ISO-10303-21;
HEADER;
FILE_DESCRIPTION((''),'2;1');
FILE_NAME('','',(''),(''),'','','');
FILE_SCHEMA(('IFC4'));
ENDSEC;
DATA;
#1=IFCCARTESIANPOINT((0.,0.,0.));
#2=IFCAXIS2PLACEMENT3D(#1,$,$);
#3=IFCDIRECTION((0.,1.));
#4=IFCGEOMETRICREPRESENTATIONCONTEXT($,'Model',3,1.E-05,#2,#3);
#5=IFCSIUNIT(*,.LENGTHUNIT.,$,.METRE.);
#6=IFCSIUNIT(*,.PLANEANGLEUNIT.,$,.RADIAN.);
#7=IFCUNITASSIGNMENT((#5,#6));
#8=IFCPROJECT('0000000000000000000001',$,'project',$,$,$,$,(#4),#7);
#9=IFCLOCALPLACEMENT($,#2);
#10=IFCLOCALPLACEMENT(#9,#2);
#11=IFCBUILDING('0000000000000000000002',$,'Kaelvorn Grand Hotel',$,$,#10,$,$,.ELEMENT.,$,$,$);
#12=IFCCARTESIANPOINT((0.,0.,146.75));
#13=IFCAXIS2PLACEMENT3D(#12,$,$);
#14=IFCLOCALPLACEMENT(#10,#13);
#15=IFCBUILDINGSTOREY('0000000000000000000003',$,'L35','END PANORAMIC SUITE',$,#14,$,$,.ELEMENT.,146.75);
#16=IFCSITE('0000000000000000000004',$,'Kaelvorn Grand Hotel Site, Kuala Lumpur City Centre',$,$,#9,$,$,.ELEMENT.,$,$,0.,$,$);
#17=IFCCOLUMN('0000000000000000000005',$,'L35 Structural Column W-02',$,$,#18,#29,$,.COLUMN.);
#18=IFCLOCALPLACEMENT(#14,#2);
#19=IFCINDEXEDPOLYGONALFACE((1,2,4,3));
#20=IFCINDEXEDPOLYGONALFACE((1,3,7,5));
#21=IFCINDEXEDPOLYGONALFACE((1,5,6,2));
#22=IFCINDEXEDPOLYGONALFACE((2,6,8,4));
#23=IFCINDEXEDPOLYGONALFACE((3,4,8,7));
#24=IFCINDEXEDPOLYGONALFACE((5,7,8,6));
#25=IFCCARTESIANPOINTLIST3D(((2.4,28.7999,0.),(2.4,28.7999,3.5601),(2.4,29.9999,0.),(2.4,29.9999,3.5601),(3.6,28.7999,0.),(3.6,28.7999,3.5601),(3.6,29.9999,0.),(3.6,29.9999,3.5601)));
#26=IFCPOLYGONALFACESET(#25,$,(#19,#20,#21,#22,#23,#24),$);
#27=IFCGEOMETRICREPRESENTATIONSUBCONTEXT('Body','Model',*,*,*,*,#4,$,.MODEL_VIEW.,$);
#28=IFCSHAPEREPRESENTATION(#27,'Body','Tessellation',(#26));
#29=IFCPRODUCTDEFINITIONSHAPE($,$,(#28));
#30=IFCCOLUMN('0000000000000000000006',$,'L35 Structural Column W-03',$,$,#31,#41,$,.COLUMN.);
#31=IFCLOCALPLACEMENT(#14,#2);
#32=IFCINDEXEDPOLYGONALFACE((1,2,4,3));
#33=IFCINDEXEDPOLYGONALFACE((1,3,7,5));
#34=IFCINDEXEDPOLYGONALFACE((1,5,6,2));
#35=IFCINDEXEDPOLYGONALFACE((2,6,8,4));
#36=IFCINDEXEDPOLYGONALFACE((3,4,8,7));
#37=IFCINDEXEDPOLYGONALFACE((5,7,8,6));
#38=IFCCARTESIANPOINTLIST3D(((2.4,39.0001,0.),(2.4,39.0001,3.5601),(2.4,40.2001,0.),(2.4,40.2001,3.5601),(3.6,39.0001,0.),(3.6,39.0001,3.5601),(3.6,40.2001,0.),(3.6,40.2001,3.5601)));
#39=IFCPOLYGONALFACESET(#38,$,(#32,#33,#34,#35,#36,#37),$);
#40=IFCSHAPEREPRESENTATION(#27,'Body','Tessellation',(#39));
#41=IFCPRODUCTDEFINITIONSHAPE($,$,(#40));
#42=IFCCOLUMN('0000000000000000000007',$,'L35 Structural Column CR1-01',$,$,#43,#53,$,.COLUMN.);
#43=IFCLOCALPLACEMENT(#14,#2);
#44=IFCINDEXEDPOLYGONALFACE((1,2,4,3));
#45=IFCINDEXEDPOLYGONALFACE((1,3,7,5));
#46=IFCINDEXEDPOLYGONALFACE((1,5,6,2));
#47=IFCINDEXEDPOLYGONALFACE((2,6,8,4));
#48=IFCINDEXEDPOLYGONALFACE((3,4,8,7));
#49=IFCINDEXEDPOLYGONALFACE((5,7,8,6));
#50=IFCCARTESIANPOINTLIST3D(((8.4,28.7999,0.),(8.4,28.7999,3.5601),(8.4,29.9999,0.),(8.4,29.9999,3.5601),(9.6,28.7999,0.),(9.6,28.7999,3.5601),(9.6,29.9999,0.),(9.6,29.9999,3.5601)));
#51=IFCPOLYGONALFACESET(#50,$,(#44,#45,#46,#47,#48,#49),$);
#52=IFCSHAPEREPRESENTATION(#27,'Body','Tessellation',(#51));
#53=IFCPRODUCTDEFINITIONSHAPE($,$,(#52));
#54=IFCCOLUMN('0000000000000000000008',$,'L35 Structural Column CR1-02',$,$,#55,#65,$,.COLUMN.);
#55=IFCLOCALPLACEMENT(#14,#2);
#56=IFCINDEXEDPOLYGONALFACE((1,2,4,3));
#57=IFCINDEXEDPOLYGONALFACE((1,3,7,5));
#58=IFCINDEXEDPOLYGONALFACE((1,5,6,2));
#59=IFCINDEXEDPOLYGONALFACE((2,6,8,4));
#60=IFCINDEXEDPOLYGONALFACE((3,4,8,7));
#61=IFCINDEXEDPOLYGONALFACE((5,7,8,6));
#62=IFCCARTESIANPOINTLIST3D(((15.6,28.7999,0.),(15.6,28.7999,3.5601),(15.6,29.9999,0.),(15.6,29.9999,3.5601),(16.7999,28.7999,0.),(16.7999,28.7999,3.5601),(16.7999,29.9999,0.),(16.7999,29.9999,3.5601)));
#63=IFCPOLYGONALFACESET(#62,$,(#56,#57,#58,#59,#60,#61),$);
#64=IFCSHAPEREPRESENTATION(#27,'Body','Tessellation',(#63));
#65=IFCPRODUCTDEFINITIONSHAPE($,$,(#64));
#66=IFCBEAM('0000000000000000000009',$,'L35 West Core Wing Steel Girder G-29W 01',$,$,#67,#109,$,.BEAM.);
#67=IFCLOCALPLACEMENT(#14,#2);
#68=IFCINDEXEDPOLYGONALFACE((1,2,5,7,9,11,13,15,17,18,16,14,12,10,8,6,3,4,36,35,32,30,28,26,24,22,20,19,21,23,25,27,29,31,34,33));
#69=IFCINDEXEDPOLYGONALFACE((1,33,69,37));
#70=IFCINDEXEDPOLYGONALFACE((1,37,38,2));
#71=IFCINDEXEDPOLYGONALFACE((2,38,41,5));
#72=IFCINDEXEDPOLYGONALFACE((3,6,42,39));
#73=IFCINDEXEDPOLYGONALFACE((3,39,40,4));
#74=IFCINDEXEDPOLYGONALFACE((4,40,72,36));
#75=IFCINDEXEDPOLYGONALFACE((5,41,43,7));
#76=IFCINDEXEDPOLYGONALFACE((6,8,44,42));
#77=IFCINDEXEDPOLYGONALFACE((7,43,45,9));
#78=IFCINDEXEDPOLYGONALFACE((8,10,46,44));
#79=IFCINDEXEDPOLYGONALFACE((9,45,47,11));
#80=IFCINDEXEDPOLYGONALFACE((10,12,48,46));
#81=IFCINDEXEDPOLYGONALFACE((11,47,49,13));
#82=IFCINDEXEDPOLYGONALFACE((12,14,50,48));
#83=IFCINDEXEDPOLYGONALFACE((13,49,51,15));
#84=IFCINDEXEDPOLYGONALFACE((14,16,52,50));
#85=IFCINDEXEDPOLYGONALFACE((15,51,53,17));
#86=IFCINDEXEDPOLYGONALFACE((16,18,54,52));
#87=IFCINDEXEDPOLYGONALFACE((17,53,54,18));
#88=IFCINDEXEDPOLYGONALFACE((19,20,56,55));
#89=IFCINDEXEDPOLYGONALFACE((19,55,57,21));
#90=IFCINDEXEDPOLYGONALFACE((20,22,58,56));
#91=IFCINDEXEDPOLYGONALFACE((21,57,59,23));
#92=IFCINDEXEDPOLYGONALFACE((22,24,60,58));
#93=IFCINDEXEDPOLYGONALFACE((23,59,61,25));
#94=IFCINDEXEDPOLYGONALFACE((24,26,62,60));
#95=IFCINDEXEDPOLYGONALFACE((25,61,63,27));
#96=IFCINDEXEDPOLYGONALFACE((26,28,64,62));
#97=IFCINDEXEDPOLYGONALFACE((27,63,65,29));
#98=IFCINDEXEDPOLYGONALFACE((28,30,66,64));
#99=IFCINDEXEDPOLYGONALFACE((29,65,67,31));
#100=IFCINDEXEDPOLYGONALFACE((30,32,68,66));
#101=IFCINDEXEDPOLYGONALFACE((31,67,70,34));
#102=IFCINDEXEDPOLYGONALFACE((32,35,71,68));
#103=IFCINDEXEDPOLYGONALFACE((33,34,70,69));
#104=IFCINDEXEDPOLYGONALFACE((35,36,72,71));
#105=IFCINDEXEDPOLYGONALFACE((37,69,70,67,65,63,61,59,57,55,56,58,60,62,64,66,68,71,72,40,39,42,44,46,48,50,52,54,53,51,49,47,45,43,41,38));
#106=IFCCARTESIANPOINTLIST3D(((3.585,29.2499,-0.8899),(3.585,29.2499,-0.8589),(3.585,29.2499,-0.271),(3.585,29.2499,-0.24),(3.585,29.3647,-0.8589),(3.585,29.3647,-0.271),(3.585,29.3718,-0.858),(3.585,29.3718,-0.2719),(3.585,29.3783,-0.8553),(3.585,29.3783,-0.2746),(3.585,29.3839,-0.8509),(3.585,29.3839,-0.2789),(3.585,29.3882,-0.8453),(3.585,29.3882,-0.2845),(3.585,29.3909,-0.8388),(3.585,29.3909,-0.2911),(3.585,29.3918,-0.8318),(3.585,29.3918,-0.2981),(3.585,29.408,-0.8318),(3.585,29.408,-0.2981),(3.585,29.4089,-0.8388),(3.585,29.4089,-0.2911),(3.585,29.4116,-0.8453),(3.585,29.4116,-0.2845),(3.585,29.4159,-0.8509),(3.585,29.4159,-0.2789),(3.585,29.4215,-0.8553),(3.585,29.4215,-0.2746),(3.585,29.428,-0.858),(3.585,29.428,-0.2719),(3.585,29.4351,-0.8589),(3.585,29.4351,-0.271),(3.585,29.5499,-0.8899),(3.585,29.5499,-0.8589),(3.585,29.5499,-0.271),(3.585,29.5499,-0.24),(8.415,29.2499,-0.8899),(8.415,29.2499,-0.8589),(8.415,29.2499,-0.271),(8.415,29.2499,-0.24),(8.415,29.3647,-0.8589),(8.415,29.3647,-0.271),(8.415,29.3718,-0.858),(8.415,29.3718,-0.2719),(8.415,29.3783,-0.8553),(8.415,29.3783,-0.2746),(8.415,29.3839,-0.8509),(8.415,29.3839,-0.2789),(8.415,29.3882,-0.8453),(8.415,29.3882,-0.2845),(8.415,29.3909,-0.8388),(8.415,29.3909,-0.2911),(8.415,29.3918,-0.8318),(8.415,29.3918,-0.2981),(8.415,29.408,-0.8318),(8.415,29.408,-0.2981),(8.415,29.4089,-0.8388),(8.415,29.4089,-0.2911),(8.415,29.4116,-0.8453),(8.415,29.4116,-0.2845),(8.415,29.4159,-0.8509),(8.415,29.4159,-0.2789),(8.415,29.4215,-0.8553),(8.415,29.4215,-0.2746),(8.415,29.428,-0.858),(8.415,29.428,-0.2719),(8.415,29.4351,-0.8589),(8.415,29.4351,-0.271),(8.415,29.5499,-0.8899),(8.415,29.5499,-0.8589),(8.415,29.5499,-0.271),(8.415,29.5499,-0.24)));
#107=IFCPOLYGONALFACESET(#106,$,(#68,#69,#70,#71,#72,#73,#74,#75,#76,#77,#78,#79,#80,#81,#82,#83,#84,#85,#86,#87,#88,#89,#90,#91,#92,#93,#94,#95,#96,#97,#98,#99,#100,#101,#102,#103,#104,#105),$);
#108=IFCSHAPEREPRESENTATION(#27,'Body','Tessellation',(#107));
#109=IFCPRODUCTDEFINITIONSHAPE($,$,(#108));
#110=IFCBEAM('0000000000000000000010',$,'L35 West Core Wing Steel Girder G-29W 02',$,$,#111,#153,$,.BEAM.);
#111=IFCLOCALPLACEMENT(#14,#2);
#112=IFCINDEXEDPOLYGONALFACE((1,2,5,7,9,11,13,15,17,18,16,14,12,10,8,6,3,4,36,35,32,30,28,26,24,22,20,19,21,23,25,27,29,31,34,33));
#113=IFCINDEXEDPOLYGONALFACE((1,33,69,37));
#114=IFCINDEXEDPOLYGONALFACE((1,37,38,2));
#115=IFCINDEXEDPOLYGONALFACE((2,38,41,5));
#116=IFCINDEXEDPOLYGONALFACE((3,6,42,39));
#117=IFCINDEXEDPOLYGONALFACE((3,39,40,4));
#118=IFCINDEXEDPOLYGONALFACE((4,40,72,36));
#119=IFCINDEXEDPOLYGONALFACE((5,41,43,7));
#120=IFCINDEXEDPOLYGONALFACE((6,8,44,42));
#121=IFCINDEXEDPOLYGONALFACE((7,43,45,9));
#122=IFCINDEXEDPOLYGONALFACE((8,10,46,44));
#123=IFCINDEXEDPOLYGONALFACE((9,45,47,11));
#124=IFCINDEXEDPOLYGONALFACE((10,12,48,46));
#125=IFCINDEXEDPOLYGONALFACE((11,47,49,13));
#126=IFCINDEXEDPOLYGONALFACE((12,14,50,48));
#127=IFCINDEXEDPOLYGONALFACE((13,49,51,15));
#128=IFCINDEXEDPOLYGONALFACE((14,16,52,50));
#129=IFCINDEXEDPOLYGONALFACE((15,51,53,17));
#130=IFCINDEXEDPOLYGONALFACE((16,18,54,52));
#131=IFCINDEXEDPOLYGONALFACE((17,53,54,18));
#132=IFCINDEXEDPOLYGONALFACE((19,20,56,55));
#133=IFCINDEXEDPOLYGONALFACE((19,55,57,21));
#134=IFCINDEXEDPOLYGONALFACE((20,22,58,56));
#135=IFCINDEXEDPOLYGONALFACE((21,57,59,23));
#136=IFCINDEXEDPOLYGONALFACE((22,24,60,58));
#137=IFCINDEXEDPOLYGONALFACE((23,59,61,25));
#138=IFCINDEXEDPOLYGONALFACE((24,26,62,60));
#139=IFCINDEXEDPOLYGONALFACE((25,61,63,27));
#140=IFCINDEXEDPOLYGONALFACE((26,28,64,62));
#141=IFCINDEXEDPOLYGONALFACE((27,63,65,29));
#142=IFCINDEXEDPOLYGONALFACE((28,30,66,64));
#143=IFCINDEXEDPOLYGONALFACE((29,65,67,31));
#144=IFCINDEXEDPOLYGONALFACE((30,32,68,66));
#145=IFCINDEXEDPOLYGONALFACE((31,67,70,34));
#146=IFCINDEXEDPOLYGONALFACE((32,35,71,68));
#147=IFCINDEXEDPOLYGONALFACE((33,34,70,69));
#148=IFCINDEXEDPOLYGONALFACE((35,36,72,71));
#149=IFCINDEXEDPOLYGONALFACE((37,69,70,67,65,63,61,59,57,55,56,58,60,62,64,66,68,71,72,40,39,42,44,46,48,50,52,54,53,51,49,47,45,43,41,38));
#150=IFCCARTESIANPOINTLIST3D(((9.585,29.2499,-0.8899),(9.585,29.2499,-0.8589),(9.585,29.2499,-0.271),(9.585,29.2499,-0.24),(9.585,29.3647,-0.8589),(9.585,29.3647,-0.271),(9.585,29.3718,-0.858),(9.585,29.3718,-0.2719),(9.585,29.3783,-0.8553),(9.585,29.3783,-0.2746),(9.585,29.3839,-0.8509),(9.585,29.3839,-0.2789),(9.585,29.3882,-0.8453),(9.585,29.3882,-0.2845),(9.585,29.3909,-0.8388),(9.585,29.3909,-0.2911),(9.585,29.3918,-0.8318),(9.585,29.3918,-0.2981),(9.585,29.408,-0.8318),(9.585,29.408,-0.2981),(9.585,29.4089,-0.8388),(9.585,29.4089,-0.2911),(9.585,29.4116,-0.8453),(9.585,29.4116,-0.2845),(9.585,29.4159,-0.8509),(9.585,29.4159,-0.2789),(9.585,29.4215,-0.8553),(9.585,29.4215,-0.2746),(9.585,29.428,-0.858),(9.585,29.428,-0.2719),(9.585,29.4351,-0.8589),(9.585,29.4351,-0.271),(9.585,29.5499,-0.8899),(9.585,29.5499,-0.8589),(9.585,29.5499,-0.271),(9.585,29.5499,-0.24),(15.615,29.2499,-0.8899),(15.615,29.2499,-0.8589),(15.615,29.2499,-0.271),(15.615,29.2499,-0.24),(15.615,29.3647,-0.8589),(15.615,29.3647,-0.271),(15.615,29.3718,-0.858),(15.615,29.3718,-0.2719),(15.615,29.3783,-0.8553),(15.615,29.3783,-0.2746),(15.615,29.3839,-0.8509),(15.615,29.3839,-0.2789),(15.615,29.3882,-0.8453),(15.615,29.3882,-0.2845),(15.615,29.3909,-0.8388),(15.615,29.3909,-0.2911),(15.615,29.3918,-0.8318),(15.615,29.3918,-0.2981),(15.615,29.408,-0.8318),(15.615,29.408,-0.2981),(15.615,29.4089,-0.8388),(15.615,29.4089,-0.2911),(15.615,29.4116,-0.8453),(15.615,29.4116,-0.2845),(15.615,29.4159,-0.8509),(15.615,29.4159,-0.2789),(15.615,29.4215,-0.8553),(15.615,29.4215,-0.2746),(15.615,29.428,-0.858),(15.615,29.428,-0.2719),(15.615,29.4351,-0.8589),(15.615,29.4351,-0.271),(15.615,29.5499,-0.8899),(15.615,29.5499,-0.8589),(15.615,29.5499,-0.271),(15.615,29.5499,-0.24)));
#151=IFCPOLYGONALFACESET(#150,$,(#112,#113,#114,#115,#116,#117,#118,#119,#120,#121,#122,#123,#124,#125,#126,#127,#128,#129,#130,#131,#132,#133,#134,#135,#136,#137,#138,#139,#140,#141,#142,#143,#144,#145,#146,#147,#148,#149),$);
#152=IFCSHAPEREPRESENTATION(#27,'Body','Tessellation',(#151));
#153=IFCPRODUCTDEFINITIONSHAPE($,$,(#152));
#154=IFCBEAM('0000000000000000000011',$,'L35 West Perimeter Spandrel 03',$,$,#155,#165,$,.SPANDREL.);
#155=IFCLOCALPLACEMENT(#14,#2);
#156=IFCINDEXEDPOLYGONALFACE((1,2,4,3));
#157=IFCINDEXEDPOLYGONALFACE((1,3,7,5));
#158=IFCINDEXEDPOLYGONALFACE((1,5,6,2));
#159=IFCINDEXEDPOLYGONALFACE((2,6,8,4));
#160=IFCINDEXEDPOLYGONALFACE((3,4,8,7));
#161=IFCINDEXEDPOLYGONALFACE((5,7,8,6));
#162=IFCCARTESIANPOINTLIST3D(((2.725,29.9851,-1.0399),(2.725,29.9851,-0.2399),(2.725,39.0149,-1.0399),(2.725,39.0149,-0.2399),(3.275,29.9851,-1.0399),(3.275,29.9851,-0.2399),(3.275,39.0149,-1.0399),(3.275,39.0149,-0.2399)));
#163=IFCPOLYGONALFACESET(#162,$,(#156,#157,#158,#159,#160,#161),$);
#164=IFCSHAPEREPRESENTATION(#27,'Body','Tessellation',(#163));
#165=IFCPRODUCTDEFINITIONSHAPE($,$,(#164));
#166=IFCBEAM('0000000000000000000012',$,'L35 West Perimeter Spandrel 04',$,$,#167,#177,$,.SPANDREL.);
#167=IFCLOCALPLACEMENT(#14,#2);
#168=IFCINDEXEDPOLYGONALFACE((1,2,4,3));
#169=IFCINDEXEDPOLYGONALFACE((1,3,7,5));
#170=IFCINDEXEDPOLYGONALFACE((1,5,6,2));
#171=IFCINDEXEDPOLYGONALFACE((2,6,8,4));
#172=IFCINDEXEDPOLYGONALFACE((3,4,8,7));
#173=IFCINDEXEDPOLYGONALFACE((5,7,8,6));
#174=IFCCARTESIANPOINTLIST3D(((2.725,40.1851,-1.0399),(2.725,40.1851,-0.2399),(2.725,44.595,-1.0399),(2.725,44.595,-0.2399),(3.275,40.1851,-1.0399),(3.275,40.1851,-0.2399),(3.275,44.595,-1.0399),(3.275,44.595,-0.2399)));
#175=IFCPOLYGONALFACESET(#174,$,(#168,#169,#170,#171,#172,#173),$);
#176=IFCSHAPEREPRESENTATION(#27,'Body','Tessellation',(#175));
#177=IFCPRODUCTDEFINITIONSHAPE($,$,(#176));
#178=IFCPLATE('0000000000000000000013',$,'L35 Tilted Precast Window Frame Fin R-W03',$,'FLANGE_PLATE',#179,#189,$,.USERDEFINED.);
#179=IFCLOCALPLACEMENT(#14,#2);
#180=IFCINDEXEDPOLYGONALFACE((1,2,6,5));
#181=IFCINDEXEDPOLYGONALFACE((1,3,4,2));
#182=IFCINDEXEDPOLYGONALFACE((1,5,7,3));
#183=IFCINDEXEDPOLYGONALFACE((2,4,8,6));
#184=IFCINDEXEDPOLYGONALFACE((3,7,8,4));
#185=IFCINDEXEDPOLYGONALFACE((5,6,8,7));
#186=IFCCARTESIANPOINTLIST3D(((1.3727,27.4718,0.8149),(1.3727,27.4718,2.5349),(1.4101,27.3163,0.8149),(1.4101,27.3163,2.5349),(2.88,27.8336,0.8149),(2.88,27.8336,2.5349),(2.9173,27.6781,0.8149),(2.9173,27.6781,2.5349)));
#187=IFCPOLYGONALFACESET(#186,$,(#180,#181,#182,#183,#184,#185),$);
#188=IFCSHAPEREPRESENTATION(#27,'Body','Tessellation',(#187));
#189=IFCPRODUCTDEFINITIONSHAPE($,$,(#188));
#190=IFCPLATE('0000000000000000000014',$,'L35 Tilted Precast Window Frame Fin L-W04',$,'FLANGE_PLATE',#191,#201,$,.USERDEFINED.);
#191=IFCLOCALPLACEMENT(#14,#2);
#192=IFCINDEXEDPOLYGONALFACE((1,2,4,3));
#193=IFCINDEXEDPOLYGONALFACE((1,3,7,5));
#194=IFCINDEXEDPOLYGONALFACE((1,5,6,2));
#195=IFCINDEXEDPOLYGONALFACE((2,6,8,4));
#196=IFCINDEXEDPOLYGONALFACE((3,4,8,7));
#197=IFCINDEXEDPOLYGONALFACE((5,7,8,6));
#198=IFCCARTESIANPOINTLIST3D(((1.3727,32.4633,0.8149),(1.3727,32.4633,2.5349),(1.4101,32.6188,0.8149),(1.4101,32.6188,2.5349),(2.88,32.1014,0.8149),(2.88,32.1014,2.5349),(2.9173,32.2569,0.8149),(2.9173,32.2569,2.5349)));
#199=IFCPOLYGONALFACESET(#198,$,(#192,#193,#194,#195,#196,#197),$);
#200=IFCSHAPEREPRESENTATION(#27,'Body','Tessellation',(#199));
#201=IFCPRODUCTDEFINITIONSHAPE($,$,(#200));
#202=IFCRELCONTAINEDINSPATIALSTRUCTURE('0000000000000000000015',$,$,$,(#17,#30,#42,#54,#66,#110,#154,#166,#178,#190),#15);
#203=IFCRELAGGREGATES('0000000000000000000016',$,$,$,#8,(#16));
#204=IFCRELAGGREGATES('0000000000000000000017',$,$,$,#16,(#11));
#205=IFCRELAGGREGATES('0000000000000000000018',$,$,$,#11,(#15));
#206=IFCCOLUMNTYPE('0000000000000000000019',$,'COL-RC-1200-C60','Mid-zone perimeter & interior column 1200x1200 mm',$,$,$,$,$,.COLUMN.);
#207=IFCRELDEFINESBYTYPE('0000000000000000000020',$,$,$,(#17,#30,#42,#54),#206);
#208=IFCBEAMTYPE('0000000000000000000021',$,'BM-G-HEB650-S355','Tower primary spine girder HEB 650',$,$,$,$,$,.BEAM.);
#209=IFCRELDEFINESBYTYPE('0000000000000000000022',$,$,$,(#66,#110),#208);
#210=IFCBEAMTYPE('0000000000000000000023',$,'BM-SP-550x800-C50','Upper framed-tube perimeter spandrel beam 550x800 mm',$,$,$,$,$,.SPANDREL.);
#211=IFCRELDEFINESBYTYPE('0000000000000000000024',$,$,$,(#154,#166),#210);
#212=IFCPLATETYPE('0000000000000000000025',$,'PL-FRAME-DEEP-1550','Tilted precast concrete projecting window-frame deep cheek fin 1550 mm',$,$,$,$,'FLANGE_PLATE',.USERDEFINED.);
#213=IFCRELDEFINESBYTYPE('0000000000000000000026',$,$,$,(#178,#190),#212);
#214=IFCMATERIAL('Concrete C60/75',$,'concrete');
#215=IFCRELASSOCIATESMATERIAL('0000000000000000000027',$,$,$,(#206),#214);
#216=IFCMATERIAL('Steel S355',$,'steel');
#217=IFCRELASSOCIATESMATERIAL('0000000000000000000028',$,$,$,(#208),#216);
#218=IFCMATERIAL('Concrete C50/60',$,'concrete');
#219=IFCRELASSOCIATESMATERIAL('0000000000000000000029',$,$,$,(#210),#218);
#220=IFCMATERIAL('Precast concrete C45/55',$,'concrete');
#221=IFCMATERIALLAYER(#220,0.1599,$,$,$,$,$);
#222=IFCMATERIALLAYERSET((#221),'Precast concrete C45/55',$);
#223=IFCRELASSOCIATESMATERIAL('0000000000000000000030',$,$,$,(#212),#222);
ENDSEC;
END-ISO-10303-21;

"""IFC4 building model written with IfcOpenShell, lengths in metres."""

from ifc_helpers import new_model, si_unit, direction, frame, origin, origin_2d, place, context, subcontext, project, spatial, rectangle, i_section, extrude, material, layer, layer_set, material_profile, profile_set, type_object, element, save


model = new_model("IFC4")

# Units and contexts
model_context = context("Model", 3, precision=1e-05, world=origin(), true_north=direction((0.0, 1.0)))
body_context = subcontext(model_context, "Body", "Model", "MODEL_VIEW")
ifc_project = project(units=[si_unit("LENGTHUNIT", "METRE"), si_unit("PLANEANGLEUNIT", "RADIAN")], contexts=[model_context])

# Site, building, storey
site_placement = place(None, origin())
site = spatial("IfcSite", under=ifc_project, at=site_placement, Name="Kaelvorn Grand Hotel Site, Kuala Lumpur City Centre", CompositionType="ELEMENT", RefElevation=0.0)
building_placement = place(site_placement, origin())
building = spatial("IfcBuilding", under=site, at=building_placement, Name="Kaelvorn Grand Hotel", CompositionType="ELEMENT")
storey_placement = place(building_placement, frame((0.0, 0.0, 146.75)))
storey = spatial("IfcBuildingStorey", under=building, at=storey_placement, Name="L35", Description="END PANORAMIC SUITE", CompositionType="ELEMENT", Elevation=146.75)

# Columns
ifc_material_1 = material(Name="Concrete C60/75", Category="concrete")
ifc_material_profile_1 = material_profile(ifc_material_1, rectangle(XDim=1.2, YDim=1.2, at=origin_2d()), Name="RC COL 1200x1200")
ifc_profile_set_1 = profile_set([ifc_material_profile_1], Name="Concrete C60/75")
column_type = type_object("IfcColumnType", Name="COL-RC-1200-C60", Description="Mid-zone perimeter & interior column 1200x1200 mm", PredefinedType="COLUMN", material=ifc_profile_set_1)
for number, where, z_axis, x_axis, name in (
    (1, (3.0, 29.3999, 0.0), (0.0, 0.0, 1.0), (1.0, 0.0, 0.0), "L35 Structural Column W-02"),
    (2, (3.0, 39.6001, 0.0), (0.0, 0.0, 1.0), (1.0, 0.0, 0.0), "L35 Structural Column W-03"),
    (3, (9.0, 29.3999, 0.0), (0.0, 0.0, 1.0), (1.0, 0.0, 0.0), "L35 Structural Column CR1-01"),
    (4, (16.2, 29.3999, 0.0), (0.0, 0.0, 1.0), (1.0, 0.0, 0.0), "L35 Structural Column CR1-02"),
):
    element("IfcColumn", number, at=place(storey_placement, frame(where, z_axis=z_axis, x_axis=x_axis)), inside=storey, type_object=column_type, Name=name, PredefinedType="COLUMN", context=body_context, shape_type="SweptSolid", body=[
        extrude(rectangle(XDim=1.2, YDim=1.2, at=origin_2d()), origin(), (0.0, 0.0, 1.0), 3.5601),
    ])

# Beams
ifc_material_2 = material(Name="Steel S355", Category="steel")
ifc_material_profile_2 = material_profile(ifc_material_2, i_section(OverallWidth=0.3, OverallDepth=0.6499, WebThickness=0.0161, FlangeThickness=0.031, FilletRadius=0.0271, at=origin_2d()), Name="HEB 650")
ifc_profile_set_2 = profile_set([ifc_material_profile_2], Name="Steel S355")
beam_type_1 = type_object("IfcBeamType", Name="BM-G-HEB650-S355", Description="Tower primary spine girder HEB 650", PredefinedType="BEAM", material=ifc_profile_set_2)
beam_1_placement = place(storey_placement, frame((3.585, 29.3999, -0.5649), z_axis=(1.0, 0.0, 0.0), x_axis=(0.0, 1.0, 0.0)))
element("IfcBeam", 5, at=beam_1_placement, inside=storey, type_object=beam_type_1, Name="L35 West Core Wing Steel Girder G-29W 01", PredefinedType="BEAM", context=body_context, shape_type="SweptSolid", body=[
    extrude(i_section(OverallWidth=0.3, OverallDepth=0.6499, WebThickness=0.0161, FlangeThickness=0.031, FilletRadius=0.0271, at=origin_2d()), origin(), (0.0, 0.0, 1.0), 4.8301),
])
beam_2_placement = place(storey_placement, frame((9.585, 29.3999, -0.5649), z_axis=(1.0, 0.0, 0.0), x_axis=(0.0, 1.0, 0.0)))
element("IfcBeam", 6, at=beam_2_placement, inside=storey, type_object=beam_type_1, Name="L35 West Core Wing Steel Girder G-29W 02", PredefinedType="BEAM", context=body_context, shape_type="SweptSolid", body=[
    extrude(i_section(OverallWidth=0.3, OverallDepth=0.6499, WebThickness=0.0161, FlangeThickness=0.031, FilletRadius=0.0271, at=origin_2d()), origin(), (0.0, 0.0, 1.0), 6.03),
])
ifc_material_3 = material(Name="Concrete C50/60", Category="concrete")
ifc_material_profile_3 = material_profile(ifc_material_3, rectangle(XDim=0.55, YDim=0.8, at=origin_2d()), Name="RC SPANDREL 550x800")
ifc_profile_set_3 = profile_set([ifc_material_profile_3], Name="Concrete C50/60")
beam_type_2 = type_object("IfcBeamType", Name="BM-SP-550x800-C50", Description="Upper framed-tube perimeter spandrel beam 550x800 mm", PredefinedType="SPANDREL", material=ifc_profile_set_3)
beam_3_placement = place(storey_placement, frame((3.0, 29.9851, -0.6399), z_axis=(0.0, 1.0, 0.0), x_axis=(-1.0, 0.0, 0.0)))
element("IfcBeam", 7, at=beam_3_placement, inside=storey, type_object=beam_type_2, Name="L35 West Perimeter Spandrel 03", PredefinedType="SPANDREL", context=body_context, shape_type="SweptSolid", body=[
    extrude(rectangle(XDim=0.55, YDim=0.8, at=origin_2d()), origin(), (0.0, 0.0, 1.0), 9.0298),
])
beam_4_placement = place(storey_placement, frame((3.0, 40.1851, -0.6399), z_axis=(0.0, 1.0, 0.0), x_axis=(-1.0, 0.0, 0.0)))
element("IfcBeam", 8, at=beam_4_placement, inside=storey, type_object=beam_type_2, Name="L35 West Perimeter Spandrel 04", PredefinedType="SPANDREL", context=body_context, shape_type="SweptSolid", body=[
    extrude(rectangle(XDim=0.55, YDim=0.8, at=origin_2d()), origin(), (0.0, 0.0, 1.0), 4.4099),
])

# Plates
ifc_material_4 = material(Name="Precast concrete C45/55", Category="concrete")
ifc_layer_1 = layer(ifc_material_4, 0.1599)
ifc_layer_set_1 = layer_set([ifc_layer_1], Name="Precast concrete C45/55")
plate_type_1 = type_object("IfcPlateType", Name="PL-FRAME-DEEP-1550", Description="Tilted precast concrete projecting window-frame deep cheek fin 1550 mm", ElementType="FLANGE_PLATE", PredefinedType="USERDEFINED", material=ifc_layer_set_1)
for number, where, z_axis, x_axis, name in (
    (9, (2.145, 27.575, 0.8149), (0.0, 0.0, 1.0), (-0.233445, 0.97237, 0.0), "L35 Tilted Precast Window Frame Fin R-W03"),
    (10, (2.145, 32.3601, 0.8149), (0.0, 0.0, 1.0), (0.233445, 0.97237, 0.0), "L35 Tilted Precast Window Frame Fin L-W04"),
):
    element("IfcPlate", number, at=place(storey_placement, frame(where, z_axis=z_axis, x_axis=x_axis)), inside=storey, type_object=plate_type_1, Name=name, ObjectType="FLANGE_PLATE", PredefinedType="USERDEFINED", context=body_context, shape_type="SweptSolid", body=[
        extrude(rectangle(XDim=0.1599, YDim=1.55, at=origin_2d()), origin(), (0.0, 0.0, 1.0), 1.72),
    ])

save(model, "model.ifc")
